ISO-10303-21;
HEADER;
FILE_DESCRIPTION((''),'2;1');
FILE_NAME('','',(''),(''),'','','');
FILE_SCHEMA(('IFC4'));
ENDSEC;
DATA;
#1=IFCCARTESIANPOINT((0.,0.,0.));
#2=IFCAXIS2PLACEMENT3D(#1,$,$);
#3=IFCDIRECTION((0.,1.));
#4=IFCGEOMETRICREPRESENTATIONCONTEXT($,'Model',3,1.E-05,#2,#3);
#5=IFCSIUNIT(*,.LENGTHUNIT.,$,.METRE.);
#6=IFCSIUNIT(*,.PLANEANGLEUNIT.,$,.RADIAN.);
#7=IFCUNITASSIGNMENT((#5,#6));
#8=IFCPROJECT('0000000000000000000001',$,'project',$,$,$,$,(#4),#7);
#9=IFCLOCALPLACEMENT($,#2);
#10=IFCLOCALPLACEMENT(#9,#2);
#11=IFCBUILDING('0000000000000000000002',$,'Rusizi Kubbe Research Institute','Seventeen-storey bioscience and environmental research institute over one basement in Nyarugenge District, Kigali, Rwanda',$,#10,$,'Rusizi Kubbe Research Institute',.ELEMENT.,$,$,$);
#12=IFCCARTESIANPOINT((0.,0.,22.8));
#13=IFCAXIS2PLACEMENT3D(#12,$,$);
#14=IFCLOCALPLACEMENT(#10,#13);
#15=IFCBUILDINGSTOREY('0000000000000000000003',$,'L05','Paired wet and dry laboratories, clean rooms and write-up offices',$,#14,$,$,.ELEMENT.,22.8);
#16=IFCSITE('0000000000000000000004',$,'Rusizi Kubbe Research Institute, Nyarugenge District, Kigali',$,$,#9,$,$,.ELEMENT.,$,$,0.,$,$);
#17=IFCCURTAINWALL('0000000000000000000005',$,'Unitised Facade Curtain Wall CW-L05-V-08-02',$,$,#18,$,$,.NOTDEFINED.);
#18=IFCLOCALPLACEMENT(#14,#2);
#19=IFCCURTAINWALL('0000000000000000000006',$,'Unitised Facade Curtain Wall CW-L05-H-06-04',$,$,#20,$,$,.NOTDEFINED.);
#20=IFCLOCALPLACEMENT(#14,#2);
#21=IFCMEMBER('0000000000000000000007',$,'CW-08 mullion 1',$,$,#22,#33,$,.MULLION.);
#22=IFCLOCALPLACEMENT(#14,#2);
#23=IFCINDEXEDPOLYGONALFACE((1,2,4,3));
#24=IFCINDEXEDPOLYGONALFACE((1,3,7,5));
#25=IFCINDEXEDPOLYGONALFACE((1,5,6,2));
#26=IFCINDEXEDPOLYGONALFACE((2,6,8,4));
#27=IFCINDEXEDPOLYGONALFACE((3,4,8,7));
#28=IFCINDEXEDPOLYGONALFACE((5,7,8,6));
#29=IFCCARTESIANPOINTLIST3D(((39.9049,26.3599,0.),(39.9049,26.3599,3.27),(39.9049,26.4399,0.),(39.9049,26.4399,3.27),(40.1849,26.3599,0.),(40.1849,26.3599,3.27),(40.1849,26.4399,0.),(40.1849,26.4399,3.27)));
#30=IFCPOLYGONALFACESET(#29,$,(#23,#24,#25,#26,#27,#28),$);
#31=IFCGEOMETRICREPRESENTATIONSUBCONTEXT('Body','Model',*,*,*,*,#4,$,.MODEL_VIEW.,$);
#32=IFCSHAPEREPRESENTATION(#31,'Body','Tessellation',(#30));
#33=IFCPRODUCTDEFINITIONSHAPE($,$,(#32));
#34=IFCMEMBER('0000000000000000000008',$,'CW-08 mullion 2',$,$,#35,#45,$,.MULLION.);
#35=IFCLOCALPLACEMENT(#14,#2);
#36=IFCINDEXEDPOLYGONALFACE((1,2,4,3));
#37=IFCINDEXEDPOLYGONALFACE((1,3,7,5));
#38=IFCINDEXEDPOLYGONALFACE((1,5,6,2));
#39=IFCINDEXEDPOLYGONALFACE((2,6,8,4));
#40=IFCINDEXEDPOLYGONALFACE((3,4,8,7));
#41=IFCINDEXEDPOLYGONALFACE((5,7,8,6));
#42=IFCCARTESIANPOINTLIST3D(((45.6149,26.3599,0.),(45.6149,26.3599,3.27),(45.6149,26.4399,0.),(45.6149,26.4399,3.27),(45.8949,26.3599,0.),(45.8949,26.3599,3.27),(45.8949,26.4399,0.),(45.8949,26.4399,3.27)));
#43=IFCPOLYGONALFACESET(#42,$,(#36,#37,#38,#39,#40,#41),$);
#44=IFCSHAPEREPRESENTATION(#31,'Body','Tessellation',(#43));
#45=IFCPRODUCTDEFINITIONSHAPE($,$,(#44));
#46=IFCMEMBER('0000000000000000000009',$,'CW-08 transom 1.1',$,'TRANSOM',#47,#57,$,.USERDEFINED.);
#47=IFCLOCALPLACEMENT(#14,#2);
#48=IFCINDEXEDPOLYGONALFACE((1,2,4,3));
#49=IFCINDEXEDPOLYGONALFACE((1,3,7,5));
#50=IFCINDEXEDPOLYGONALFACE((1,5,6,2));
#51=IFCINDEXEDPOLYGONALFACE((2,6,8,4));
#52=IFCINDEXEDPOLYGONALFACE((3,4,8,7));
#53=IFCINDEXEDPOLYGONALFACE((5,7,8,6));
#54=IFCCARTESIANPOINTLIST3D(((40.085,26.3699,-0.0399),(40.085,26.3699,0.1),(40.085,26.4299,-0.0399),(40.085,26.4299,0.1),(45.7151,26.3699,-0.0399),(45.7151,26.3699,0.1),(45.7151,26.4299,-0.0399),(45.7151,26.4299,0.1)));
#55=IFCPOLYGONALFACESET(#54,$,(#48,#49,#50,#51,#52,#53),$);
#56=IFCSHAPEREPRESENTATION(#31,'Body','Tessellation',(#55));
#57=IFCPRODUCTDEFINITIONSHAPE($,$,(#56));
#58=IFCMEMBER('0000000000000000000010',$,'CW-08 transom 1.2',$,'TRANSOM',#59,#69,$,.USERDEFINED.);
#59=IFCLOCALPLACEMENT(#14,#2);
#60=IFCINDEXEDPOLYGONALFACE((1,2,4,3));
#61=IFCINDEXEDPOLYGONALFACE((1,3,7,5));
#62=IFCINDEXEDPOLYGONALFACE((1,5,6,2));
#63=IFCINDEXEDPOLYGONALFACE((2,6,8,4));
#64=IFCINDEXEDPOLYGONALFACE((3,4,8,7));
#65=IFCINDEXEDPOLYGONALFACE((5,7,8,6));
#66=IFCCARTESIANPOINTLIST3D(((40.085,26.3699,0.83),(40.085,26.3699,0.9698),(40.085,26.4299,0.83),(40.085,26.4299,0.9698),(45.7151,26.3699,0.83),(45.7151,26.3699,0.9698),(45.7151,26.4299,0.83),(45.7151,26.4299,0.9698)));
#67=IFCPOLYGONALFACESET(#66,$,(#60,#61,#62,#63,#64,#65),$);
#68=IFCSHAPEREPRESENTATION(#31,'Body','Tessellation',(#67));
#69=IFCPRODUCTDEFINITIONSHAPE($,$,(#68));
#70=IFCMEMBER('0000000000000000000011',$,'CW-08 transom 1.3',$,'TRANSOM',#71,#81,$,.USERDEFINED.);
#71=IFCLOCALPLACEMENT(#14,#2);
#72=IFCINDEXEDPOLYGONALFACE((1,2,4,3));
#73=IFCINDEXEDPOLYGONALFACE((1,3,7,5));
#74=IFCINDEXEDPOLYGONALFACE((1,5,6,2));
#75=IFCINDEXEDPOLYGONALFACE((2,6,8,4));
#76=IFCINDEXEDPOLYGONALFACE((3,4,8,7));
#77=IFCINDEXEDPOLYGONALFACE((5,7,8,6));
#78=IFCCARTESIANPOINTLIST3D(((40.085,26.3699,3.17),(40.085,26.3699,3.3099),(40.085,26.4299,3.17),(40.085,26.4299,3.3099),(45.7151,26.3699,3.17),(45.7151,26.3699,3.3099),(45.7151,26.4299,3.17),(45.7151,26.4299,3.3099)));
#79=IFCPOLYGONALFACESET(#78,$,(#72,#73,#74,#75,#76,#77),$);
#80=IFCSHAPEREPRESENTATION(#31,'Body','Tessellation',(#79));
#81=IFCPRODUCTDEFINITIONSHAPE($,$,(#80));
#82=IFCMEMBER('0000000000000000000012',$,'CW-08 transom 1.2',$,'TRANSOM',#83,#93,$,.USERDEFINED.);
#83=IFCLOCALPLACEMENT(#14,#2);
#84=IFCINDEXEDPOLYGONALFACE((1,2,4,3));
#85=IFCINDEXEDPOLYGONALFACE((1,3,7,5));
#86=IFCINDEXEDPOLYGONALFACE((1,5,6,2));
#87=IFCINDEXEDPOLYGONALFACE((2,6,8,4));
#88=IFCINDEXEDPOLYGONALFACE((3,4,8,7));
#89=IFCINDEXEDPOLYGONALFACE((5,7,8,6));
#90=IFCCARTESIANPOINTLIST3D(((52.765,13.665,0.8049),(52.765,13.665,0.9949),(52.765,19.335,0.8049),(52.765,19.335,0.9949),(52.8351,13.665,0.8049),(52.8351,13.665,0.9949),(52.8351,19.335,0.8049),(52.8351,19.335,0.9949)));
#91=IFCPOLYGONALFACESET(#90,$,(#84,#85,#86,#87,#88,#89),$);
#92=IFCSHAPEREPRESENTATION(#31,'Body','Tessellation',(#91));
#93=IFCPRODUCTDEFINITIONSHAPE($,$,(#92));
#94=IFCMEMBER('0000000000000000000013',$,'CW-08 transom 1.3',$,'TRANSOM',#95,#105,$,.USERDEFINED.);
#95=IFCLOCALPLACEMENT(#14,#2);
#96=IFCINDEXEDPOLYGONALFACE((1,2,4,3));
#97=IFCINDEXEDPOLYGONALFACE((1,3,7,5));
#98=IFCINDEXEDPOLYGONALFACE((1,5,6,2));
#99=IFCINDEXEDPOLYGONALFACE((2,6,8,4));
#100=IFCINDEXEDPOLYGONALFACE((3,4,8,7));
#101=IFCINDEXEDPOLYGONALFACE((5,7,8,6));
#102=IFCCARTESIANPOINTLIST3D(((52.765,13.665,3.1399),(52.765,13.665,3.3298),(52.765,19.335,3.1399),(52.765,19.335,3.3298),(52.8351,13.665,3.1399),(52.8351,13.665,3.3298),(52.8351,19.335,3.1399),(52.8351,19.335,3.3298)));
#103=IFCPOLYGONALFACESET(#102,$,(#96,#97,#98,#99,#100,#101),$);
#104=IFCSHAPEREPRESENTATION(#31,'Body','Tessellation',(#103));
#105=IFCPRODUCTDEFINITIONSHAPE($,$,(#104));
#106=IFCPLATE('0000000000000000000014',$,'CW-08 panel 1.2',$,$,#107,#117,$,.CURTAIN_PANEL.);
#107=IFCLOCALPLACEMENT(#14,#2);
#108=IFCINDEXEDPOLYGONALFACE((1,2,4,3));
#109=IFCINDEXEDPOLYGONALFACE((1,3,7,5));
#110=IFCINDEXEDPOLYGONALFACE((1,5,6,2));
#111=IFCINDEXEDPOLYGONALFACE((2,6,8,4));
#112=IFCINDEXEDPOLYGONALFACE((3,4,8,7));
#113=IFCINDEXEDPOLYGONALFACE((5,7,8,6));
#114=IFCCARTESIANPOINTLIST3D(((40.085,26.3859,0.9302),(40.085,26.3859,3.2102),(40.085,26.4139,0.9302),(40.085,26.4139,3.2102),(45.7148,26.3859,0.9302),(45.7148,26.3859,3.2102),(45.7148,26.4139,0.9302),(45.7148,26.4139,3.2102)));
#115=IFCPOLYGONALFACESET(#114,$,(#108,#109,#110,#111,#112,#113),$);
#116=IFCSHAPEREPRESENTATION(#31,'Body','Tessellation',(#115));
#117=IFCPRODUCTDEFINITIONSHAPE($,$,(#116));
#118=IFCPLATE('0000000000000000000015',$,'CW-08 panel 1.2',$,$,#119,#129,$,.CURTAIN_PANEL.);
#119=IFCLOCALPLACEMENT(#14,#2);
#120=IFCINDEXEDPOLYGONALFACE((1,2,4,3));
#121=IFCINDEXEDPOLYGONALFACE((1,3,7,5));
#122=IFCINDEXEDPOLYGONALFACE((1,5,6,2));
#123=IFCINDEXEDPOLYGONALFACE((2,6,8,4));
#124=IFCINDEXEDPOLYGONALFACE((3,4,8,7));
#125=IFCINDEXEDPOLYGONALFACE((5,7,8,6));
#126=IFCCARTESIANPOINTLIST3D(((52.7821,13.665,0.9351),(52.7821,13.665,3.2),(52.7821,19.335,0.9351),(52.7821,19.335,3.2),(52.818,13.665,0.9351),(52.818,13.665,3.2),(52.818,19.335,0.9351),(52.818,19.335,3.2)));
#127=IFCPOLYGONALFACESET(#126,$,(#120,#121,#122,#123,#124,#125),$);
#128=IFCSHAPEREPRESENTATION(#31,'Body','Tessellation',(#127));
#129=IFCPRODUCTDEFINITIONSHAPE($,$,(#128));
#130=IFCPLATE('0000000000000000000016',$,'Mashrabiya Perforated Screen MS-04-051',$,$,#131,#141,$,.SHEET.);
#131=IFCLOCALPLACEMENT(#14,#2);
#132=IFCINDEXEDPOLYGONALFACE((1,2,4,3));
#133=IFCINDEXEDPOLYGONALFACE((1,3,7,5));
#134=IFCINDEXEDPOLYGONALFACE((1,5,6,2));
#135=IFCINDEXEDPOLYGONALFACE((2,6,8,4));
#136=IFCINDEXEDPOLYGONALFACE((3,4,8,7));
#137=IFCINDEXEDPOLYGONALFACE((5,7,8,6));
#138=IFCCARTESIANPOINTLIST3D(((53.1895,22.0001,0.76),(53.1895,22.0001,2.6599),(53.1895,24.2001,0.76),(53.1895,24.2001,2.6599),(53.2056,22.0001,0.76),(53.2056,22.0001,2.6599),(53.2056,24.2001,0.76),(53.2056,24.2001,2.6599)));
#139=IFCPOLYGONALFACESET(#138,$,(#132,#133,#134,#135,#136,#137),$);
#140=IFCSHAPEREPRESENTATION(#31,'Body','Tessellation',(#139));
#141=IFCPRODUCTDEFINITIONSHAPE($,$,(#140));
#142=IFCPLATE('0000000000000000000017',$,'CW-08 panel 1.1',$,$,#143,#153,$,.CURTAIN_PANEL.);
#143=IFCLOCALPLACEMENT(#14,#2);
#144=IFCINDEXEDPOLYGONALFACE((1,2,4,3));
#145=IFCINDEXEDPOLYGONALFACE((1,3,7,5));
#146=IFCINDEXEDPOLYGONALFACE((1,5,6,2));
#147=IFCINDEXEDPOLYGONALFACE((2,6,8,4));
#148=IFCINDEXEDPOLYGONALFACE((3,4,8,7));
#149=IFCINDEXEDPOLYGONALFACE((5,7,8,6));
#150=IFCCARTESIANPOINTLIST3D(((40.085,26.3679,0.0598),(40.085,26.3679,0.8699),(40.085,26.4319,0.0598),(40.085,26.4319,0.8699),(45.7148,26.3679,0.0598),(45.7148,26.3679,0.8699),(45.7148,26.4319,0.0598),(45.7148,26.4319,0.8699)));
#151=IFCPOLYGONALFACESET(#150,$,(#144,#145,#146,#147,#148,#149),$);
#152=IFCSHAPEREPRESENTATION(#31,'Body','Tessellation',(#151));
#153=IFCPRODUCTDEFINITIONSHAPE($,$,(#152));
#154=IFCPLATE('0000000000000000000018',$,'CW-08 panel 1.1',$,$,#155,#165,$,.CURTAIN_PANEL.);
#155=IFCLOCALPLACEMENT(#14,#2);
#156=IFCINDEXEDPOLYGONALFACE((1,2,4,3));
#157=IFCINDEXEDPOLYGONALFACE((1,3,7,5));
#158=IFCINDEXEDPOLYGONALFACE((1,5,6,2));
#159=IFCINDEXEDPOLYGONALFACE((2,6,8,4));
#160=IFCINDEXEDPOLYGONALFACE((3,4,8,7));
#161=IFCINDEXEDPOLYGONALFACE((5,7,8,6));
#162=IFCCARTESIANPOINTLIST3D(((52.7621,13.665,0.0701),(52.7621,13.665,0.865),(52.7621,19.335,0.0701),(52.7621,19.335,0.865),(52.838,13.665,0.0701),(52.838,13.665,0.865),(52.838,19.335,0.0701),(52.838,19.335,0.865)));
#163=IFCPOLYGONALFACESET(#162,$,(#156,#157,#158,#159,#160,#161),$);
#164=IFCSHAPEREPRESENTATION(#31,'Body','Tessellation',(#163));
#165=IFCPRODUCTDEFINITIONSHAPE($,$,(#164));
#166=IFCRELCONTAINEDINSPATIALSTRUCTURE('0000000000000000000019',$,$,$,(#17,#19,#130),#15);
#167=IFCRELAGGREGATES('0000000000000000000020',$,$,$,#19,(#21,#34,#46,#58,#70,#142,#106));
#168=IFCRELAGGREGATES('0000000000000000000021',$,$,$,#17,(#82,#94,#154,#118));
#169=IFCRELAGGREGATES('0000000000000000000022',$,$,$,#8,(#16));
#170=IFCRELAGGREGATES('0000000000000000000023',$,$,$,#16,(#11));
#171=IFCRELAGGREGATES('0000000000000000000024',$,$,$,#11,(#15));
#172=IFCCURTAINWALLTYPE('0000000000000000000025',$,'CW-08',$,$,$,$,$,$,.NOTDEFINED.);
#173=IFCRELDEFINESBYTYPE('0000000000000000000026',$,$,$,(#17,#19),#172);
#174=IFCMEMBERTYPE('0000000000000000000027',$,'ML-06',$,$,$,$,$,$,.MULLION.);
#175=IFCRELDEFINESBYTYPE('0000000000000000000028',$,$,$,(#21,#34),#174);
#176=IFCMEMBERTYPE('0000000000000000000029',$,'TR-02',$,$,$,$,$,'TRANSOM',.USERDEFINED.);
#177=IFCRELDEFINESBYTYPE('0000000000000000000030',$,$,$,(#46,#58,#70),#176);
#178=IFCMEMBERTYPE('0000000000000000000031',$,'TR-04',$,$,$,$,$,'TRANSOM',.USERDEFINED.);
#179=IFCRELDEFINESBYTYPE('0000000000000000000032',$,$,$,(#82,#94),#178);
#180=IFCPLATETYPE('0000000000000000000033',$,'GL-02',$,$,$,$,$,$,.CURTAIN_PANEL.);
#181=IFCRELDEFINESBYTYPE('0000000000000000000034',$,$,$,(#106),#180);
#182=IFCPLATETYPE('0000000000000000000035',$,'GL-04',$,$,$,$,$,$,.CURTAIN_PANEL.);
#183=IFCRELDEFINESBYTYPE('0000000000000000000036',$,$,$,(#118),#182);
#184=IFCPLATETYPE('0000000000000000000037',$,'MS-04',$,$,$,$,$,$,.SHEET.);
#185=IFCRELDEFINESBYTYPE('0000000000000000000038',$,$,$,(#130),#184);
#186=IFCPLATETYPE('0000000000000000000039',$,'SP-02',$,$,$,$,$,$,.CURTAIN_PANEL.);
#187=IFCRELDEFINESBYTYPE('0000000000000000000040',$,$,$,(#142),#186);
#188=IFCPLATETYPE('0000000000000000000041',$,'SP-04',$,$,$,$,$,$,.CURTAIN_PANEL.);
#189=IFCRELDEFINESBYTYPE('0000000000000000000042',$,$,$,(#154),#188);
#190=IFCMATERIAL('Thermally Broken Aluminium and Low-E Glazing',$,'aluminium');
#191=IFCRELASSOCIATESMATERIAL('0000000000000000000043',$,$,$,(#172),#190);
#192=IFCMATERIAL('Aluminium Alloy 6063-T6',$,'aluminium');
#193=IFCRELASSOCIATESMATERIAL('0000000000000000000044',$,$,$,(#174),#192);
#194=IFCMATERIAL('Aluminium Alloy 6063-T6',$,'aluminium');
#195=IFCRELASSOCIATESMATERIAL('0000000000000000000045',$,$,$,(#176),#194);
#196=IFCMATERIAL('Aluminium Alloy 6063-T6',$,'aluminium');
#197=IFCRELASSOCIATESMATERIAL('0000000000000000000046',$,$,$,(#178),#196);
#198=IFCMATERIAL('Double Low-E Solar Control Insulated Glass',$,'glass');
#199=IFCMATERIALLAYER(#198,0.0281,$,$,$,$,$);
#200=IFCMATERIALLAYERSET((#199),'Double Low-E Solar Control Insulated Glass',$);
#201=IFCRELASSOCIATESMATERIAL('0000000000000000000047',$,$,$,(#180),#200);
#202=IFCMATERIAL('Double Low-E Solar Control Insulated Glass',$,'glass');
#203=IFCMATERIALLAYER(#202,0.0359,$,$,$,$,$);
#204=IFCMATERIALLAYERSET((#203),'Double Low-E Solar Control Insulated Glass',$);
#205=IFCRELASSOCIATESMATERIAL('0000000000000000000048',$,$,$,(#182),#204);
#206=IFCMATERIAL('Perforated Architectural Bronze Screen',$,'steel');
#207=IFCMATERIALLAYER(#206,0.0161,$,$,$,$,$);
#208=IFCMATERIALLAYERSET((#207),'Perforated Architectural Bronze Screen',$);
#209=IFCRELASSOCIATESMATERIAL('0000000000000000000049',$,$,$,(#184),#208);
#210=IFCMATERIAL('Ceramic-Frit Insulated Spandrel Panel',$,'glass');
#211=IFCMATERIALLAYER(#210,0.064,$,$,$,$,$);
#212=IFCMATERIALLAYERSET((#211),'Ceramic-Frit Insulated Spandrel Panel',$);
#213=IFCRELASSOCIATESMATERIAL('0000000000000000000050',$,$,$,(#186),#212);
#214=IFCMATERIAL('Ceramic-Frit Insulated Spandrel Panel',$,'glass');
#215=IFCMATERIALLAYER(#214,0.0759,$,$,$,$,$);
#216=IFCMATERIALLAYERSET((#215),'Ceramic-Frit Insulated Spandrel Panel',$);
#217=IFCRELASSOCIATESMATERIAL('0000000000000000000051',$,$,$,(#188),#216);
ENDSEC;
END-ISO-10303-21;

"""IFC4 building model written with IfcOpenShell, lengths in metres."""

from ifc_helpers import new_model, si_unit, direction, frame, origin, origin_2d, place, context, subcontext, project, spatial, rectangle, extrude, material, layer, layer_set, material_profile, profile_set, type_object, element, aggregate, save


model = new_model("IFC4")

# Units and contexts
model_context = context("Model", 3, precision=1e-05, world=origin(), true_north=direction((0.0, 1.0)))
body_context = subcontext(model_context, "Body", "Model", "MODEL_VIEW")
ifc_project = project(units=[si_unit("LENGTHUNIT", "METRE"), si_unit("PLANEANGLEUNIT", "RADIAN")], contexts=[model_context])

# Site, building, storey
site_placement = place(None, origin())
site = spatial("IfcSite", under=ifc_project, at=site_placement, Name="Rusizi Kubbe Research Institute, Nyarugenge District, Kigali", CompositionType="ELEMENT", RefElevation=0.0)
building_placement = place(site_placement, origin())
building = spatial("IfcBuilding", under=site, at=building_placement, Name="Rusizi Kubbe Research Institute", Description="Seventeen-storey bioscience and environmental research institute over one basement in Nyarugenge District, Kigali, Rwanda", LongName="Rusizi Kubbe Research Institute", CompositionType="ELEMENT")
storey_placement = place(building_placement, frame((0.0, 0.0, 22.8)))
storey = spatial("IfcBuildingStorey", under=building, at=storey_placement, Name="L05", Description="Paired wet and dry laboratories, clean rooms and write-up offices", CompositionType="ELEMENT", Elevation=22.8)

# Curtain wall
ifc_material_1 = material(Name="Thermally Broken Aluminium and Low-E Glazing", Category="aluminium")
curtain_wall_type = type_object("IfcCurtainWallType", Name="CW-08", PredefinedType="NOTDEFINED", material=ifc_material_1)
curtain_wall_1_placement = place(storey_placement, origin())
curtain_wall_1 = element("IfcCurtainWall", 1, at=curtain_wall_1_placement, inside=storey, type_object=curtain_wall_type, Name="Unitised Facade Curtain Wall CW-L05-V-08-02", PredefinedType="NOTDEFINED")

# Curtain wall, members
curtain_wall_2_placement = place(storey_placement, origin())
curtain_wall_2 = element("IfcCurtainWall", 2, at=curtain_wall_2_placement, inside=storey, type_object=curtain_wall_type, Name="Unitised Facade Curtain Wall CW-L05-H-06-04", PredefinedType="NOTDEFINED")
ifc_material_2 = material(Name="Aluminium Alloy 6063-T6", Category="aluminium")
ifc_material_profile_1 = material_profile(ifc_material_2, rectangle(XDim=0.0801, YDim=0.28, at=origin_2d()), Name="ALU-M 80x280")
ifc_profile_set_1 = profile_set([ifc_material_profile_1], Name="Aluminium Alloy 6063-T6")
member_type_1 = type_object("IfcMemberType", Name="ML-06", PredefinedType="MULLION", material=ifc_profile_set_1)
member_1_placement = place(storey_placement, frame((40.0449, 26.3999, 0.0), z_axis=(0.0, 0.0, 1.0), x_axis=(0.0, 1.0, 0.0)))
member_1 = element("IfcMember", 3, at=member_1_placement, type_object=member_type_1, Name="CW-08 mullion 1", PredefinedType="MULLION", context=body_context, shape_type="SweptSolid", body=[
    extrude(rectangle(XDim=0.0801, YDim=0.28, at=origin_2d()), origin(), (0.0, 0.0, 1.0), 3.27),
])
member_2_placement = place(storey_placement, frame((45.7549, 26.3999, 0.0), z_axis=(0.0, 0.0, 1.0), x_axis=(0.0, 1.0, 0.0)))
member_2 = element("IfcMember", 4, at=member_2_placement, type_object=member_type_1, Name="CW-08 mullion 2", PredefinedType="MULLION", context=body_context, shape_type="SweptSolid", body=[
    extrude(rectangle(XDim=0.0801, YDim=0.28, at=origin_2d()), origin(), (0.0, 0.0, 1.0), 3.27),
])
ifc_material_3 = material(Name="Aluminium Alloy 6063-T6", Category="aluminium")
ifc_material_profile_2 = material_profile(ifc_material_3, rectangle(XDim=0.0601, YDim=0.1399, at=origin_2d()), Name="ALU-T 60x140")
ifc_profile_set_2 = profile_set([ifc_material_profile_2], Name="Aluminium Alloy 6063-T6")
member_type_2 = type_object("IfcMemberType", Name="TR-02", ElementType="TRANSOM", PredefinedType="USERDEFINED", material=ifc_profile_set_2)
member_3_placement = place(storey_placement, frame((40.085, 26.3999, 0.03), z_axis=(1.0, 0.0, 0.0), x_axis=(0.0, 1.0, 0.0)))
member_3 = element("IfcMember", 5, at=member_3_placement, type_object=member_type_2, Name="CW-08 transom 1.1", ObjectType="TRANSOM", PredefinedType="USERDEFINED", context=body_context, shape_type="SweptSolid", body=[
    extrude(rectangle(XDim=0.0601, YDim=0.1399, at=origin_2d()), origin(), (0.0, 0.0, 1.0), 5.6301),
])
member_4_placement = place(storey_placement, frame((40.085, 26.3999, 0.8999), z_axis=(1.0, 0.0, 0.0), x_axis=(0.0, 1.0, 0.0)))
member_4 = element("IfcMember", 6, at=member_4_placement, type_object=member_type_2, Name="CW-08 transom 1.2", ObjectType="TRANSOM", PredefinedType="USERDEFINED", context=body_context, shape_type="SweptSolid", body=[
    extrude(rectangle(XDim=0.0601, YDim=0.1399, at=origin_2d()), origin(), (0.0, 0.0, 1.0), 5.6301),
])
member_5_placement = place(storey_placement, frame((40.085, 26.3999, 3.24), z_axis=(1.0, 0.0, 0.0), x_axis=(0.0, 1.0, 0.0)))
member_5 = element("IfcMember", 7, at=member_5_placement, type_object=member_type_2, Name="CW-08 transom 1.3", ObjectType="TRANSOM", PredefinedType="USERDEFINED", context=body_context, shape_type="SweptSolid", body=[
    extrude(rectangle(XDim=0.0601, YDim=0.1399, at=origin_2d()), origin(), (0.0, 0.0, 1.0), 5.6301),
])

# Members
ifc_material_4 = material(Name="Aluminium Alloy 6063-T6", Category="aluminium")
ifc_material_profile_3 = material_profile(ifc_material_4, rectangle(XDim=0.0701, YDim=0.1899, at=origin_2d()), Name="ALU-T 70x190")
ifc_profile_set_3 = profile_set([ifc_material_profile_3], Name="Aluminium Alloy 6063-T6")
member_type_3 = type_object("IfcMemberType", Name="TR-04", ElementType="TRANSOM", PredefinedType="USERDEFINED", material=ifc_profile_set_3)
member_6_placement = place(storey_placement, frame((52.8, 13.665, 0.8999), z_axis=(0.0, 1.0, 0.0), x_axis=(-1.0, 0.0, 0.0)))
member_6 = element("IfcMember", 8, at=member_6_placement, type_object=member_type_3, Name="CW-08 transom 1.2", ObjectType="TRANSOM", PredefinedType="USERDEFINED", context=body_context, shape_type="SweptSolid", body=[
    extrude(rectangle(XDim=0.0701, YDim=0.1899, at=origin_2d()), origin(), (0.0, 0.0, 1.0), 5.6699),
])
member_7_placement = place(storey_placement, frame((52.8, 13.665, 3.2349), z_axis=(0.0, 1.0, 0.0), x_axis=(-1.0, 0.0, 0.0)))
member_7 = element("IfcMember", 9, at=member_7_placement, type_object=member_type_3, Name="CW-08 transom 1.3", ObjectType="TRANSOM", PredefinedType="USERDEFINED", context=body_context, shape_type="SweptSolid", body=[
    extrude(rectangle(XDim=0.0701, YDim=0.1899, at=origin_2d()), origin(), (0.0, 0.0, 1.0), 5.6699),
])

# Plates
ifc_material_5 = material(Name="Double Low-E Solar Control Insulated Glass", Category="glass")
ifc_layer_1 = layer(ifc_material_5, 0.0281)
ifc_layer_set_1 = layer_set([ifc_layer_1], Name="Double Low-E Solar Control Insulated Glass")
plate_type_1 = type_object("IfcPlateType", Name="GL-02", PredefinedType="CURTAIN_PANEL", material=ifc_layer_set_1)
plate_1_placement = place(storey_placement, frame((42.8999, 26.3999, 0.9302), z_axis=(0.0, 0.0, 1.0), x_axis=(1.0, 0.0, 0.0)))
plate_1 = element("IfcPlate", 10, at=plate_1_placement, type_object=plate_type_1, Name="CW-08 panel 1.2", PredefinedType="CURTAIN_PANEL", context=body_context, shape_type="SweptSolid", body=[
    extrude(rectangle(XDim=5.6299, YDim=0.0281, at=origin_2d()), origin(), (0.0, 0.0, 1.0), 2.28),
])
ifc_material_6 = material(Name="Double Low-E Solar Control Insulated Glass", Category="glass")
ifc_layer_2 = layer(ifc_material_6, 0.0359)
ifc_layer_set_2 = layer_set([ifc_layer_2], Name="Double Low-E Solar Control Insulated Glass")
plate_type_2 = type_object("IfcPlateType", Name="GL-04", PredefinedType="CURTAIN_PANEL", material=ifc_layer_set_2)
plate_2_placement = place(storey_placement, frame((52.8, 16.5, 0.9351), z_axis=(0.0, 0.0, 1.0), x_axis=(0.0, 1.0, 0.0)))
plate_2 = element("IfcPlate", 11, at=plate_2_placement, type_object=plate_type_2, Name="CW-08 panel 1.2", PredefinedType="CURTAIN_PANEL", context=body_context, shape_type="SweptSolid", body=[
    extrude(rectangle(XDim=5.6699, YDim=0.0359, at=origin_2d()), origin(), (0.0, 0.0, 1.0), 2.2649),
])
ifc_material_7 = material(Name="Perforated Architectural Bronze Screen", Category="steel")
ifc_layer_3 = layer(ifc_material_7, 0.0161)
ifc_layer_set_3 = layer_set([ifc_layer_3], Name="Perforated Architectural Bronze Screen")
plate_type_3 = type_object("IfcPlateType", Name="MS-04", PredefinedType="SHEET", material=ifc_layer_set_3)
plate_3_placement = place(storey_placement, frame((53.1975, 23.1001, 0.76), z_axis=(0.0, 0.0, 1.0), x_axis=(0.0, 1.0, 0.0)))
element("IfcPlate", 12, at=plate_3_placement, inside=storey, type_object=plate_type_3, Name="Mashrabiya Perforated Screen MS-04-051", PredefinedType="SHEET", context=body_context, shape_type="SweptSolid", body=[
    extrude(rectangle(XDim=2.2, YDim=0.0161, at=origin_2d()), origin(), (0.0, 0.0, 1.0), 1.8999),
])
ifc_material_8 = material(Name="Ceramic-Frit Insulated Spandrel Panel", Category="glass")
ifc_layer_4 = layer(ifc_material_8, 0.064)
ifc_layer_set_4 = layer_set([ifc_layer_4], Name="Ceramic-Frit Insulated Spandrel Panel")
plate_type_4 = type_object("IfcPlateType", Name="SP-02", PredefinedType="CURTAIN_PANEL", material=ifc_layer_set_4)
plate_4_placement = place(storey_placement, frame((42.8999, 26.3999, 0.0598), z_axis=(0.0, 0.0, 1.0), x_axis=(1.0, 0.0, 0.0)))
plate_4 = element("IfcPlate", 13, at=plate_4_placement, type_object=plate_type_4, Name="CW-08 panel 1.1", PredefinedType="CURTAIN_PANEL", context=body_context, shape_type="SweptSolid", body=[
    extrude(rectangle(XDim=5.6299, YDim=0.064, at=origin_2d()), origin(), (0.0, 0.0, 1.0), 0.8101),
])
aggregate(curtain_wall_2, [member_1, member_2, member_3, member_4, member_5, plate_4, plate_1])
ifc_material_9 = material(Name="Ceramic-Frit Insulated Spandrel Panel", Category="glass")
ifc_layer_5 = layer(ifc_material_9, 0.0759)
ifc_layer_set_5 = layer_set([ifc_layer_5], Name="Ceramic-Frit Insulated Spandrel Panel")
plate_type_5 = type_object("IfcPlateType", Name="SP-04", PredefinedType="CURTAIN_PANEL", material=ifc_layer_set_5)
plate_5_placement = place(storey_placement, frame((52.8, 16.5, 0.0701), z_axis=(0.0, 0.0, 1.0), x_axis=(0.0, 1.0, 0.0)))
plate_5 = element("IfcPlate", 14, at=plate_5_placement, type_object=plate_type_5, Name="CW-08 panel 1.1", PredefinedType="CURTAIN_PANEL", context=body_context, shape_type="SweptSolid", body=[
    extrude(rectangle(XDim=5.6699, YDim=0.0759, at=origin_2d()), origin(), (0.0, 0.0, 1.0), 0.7949),
])
aggregate(curtain_wall_1, [member_6, member_7, plate_5, plate_2])

save(model, "model.ifc")
